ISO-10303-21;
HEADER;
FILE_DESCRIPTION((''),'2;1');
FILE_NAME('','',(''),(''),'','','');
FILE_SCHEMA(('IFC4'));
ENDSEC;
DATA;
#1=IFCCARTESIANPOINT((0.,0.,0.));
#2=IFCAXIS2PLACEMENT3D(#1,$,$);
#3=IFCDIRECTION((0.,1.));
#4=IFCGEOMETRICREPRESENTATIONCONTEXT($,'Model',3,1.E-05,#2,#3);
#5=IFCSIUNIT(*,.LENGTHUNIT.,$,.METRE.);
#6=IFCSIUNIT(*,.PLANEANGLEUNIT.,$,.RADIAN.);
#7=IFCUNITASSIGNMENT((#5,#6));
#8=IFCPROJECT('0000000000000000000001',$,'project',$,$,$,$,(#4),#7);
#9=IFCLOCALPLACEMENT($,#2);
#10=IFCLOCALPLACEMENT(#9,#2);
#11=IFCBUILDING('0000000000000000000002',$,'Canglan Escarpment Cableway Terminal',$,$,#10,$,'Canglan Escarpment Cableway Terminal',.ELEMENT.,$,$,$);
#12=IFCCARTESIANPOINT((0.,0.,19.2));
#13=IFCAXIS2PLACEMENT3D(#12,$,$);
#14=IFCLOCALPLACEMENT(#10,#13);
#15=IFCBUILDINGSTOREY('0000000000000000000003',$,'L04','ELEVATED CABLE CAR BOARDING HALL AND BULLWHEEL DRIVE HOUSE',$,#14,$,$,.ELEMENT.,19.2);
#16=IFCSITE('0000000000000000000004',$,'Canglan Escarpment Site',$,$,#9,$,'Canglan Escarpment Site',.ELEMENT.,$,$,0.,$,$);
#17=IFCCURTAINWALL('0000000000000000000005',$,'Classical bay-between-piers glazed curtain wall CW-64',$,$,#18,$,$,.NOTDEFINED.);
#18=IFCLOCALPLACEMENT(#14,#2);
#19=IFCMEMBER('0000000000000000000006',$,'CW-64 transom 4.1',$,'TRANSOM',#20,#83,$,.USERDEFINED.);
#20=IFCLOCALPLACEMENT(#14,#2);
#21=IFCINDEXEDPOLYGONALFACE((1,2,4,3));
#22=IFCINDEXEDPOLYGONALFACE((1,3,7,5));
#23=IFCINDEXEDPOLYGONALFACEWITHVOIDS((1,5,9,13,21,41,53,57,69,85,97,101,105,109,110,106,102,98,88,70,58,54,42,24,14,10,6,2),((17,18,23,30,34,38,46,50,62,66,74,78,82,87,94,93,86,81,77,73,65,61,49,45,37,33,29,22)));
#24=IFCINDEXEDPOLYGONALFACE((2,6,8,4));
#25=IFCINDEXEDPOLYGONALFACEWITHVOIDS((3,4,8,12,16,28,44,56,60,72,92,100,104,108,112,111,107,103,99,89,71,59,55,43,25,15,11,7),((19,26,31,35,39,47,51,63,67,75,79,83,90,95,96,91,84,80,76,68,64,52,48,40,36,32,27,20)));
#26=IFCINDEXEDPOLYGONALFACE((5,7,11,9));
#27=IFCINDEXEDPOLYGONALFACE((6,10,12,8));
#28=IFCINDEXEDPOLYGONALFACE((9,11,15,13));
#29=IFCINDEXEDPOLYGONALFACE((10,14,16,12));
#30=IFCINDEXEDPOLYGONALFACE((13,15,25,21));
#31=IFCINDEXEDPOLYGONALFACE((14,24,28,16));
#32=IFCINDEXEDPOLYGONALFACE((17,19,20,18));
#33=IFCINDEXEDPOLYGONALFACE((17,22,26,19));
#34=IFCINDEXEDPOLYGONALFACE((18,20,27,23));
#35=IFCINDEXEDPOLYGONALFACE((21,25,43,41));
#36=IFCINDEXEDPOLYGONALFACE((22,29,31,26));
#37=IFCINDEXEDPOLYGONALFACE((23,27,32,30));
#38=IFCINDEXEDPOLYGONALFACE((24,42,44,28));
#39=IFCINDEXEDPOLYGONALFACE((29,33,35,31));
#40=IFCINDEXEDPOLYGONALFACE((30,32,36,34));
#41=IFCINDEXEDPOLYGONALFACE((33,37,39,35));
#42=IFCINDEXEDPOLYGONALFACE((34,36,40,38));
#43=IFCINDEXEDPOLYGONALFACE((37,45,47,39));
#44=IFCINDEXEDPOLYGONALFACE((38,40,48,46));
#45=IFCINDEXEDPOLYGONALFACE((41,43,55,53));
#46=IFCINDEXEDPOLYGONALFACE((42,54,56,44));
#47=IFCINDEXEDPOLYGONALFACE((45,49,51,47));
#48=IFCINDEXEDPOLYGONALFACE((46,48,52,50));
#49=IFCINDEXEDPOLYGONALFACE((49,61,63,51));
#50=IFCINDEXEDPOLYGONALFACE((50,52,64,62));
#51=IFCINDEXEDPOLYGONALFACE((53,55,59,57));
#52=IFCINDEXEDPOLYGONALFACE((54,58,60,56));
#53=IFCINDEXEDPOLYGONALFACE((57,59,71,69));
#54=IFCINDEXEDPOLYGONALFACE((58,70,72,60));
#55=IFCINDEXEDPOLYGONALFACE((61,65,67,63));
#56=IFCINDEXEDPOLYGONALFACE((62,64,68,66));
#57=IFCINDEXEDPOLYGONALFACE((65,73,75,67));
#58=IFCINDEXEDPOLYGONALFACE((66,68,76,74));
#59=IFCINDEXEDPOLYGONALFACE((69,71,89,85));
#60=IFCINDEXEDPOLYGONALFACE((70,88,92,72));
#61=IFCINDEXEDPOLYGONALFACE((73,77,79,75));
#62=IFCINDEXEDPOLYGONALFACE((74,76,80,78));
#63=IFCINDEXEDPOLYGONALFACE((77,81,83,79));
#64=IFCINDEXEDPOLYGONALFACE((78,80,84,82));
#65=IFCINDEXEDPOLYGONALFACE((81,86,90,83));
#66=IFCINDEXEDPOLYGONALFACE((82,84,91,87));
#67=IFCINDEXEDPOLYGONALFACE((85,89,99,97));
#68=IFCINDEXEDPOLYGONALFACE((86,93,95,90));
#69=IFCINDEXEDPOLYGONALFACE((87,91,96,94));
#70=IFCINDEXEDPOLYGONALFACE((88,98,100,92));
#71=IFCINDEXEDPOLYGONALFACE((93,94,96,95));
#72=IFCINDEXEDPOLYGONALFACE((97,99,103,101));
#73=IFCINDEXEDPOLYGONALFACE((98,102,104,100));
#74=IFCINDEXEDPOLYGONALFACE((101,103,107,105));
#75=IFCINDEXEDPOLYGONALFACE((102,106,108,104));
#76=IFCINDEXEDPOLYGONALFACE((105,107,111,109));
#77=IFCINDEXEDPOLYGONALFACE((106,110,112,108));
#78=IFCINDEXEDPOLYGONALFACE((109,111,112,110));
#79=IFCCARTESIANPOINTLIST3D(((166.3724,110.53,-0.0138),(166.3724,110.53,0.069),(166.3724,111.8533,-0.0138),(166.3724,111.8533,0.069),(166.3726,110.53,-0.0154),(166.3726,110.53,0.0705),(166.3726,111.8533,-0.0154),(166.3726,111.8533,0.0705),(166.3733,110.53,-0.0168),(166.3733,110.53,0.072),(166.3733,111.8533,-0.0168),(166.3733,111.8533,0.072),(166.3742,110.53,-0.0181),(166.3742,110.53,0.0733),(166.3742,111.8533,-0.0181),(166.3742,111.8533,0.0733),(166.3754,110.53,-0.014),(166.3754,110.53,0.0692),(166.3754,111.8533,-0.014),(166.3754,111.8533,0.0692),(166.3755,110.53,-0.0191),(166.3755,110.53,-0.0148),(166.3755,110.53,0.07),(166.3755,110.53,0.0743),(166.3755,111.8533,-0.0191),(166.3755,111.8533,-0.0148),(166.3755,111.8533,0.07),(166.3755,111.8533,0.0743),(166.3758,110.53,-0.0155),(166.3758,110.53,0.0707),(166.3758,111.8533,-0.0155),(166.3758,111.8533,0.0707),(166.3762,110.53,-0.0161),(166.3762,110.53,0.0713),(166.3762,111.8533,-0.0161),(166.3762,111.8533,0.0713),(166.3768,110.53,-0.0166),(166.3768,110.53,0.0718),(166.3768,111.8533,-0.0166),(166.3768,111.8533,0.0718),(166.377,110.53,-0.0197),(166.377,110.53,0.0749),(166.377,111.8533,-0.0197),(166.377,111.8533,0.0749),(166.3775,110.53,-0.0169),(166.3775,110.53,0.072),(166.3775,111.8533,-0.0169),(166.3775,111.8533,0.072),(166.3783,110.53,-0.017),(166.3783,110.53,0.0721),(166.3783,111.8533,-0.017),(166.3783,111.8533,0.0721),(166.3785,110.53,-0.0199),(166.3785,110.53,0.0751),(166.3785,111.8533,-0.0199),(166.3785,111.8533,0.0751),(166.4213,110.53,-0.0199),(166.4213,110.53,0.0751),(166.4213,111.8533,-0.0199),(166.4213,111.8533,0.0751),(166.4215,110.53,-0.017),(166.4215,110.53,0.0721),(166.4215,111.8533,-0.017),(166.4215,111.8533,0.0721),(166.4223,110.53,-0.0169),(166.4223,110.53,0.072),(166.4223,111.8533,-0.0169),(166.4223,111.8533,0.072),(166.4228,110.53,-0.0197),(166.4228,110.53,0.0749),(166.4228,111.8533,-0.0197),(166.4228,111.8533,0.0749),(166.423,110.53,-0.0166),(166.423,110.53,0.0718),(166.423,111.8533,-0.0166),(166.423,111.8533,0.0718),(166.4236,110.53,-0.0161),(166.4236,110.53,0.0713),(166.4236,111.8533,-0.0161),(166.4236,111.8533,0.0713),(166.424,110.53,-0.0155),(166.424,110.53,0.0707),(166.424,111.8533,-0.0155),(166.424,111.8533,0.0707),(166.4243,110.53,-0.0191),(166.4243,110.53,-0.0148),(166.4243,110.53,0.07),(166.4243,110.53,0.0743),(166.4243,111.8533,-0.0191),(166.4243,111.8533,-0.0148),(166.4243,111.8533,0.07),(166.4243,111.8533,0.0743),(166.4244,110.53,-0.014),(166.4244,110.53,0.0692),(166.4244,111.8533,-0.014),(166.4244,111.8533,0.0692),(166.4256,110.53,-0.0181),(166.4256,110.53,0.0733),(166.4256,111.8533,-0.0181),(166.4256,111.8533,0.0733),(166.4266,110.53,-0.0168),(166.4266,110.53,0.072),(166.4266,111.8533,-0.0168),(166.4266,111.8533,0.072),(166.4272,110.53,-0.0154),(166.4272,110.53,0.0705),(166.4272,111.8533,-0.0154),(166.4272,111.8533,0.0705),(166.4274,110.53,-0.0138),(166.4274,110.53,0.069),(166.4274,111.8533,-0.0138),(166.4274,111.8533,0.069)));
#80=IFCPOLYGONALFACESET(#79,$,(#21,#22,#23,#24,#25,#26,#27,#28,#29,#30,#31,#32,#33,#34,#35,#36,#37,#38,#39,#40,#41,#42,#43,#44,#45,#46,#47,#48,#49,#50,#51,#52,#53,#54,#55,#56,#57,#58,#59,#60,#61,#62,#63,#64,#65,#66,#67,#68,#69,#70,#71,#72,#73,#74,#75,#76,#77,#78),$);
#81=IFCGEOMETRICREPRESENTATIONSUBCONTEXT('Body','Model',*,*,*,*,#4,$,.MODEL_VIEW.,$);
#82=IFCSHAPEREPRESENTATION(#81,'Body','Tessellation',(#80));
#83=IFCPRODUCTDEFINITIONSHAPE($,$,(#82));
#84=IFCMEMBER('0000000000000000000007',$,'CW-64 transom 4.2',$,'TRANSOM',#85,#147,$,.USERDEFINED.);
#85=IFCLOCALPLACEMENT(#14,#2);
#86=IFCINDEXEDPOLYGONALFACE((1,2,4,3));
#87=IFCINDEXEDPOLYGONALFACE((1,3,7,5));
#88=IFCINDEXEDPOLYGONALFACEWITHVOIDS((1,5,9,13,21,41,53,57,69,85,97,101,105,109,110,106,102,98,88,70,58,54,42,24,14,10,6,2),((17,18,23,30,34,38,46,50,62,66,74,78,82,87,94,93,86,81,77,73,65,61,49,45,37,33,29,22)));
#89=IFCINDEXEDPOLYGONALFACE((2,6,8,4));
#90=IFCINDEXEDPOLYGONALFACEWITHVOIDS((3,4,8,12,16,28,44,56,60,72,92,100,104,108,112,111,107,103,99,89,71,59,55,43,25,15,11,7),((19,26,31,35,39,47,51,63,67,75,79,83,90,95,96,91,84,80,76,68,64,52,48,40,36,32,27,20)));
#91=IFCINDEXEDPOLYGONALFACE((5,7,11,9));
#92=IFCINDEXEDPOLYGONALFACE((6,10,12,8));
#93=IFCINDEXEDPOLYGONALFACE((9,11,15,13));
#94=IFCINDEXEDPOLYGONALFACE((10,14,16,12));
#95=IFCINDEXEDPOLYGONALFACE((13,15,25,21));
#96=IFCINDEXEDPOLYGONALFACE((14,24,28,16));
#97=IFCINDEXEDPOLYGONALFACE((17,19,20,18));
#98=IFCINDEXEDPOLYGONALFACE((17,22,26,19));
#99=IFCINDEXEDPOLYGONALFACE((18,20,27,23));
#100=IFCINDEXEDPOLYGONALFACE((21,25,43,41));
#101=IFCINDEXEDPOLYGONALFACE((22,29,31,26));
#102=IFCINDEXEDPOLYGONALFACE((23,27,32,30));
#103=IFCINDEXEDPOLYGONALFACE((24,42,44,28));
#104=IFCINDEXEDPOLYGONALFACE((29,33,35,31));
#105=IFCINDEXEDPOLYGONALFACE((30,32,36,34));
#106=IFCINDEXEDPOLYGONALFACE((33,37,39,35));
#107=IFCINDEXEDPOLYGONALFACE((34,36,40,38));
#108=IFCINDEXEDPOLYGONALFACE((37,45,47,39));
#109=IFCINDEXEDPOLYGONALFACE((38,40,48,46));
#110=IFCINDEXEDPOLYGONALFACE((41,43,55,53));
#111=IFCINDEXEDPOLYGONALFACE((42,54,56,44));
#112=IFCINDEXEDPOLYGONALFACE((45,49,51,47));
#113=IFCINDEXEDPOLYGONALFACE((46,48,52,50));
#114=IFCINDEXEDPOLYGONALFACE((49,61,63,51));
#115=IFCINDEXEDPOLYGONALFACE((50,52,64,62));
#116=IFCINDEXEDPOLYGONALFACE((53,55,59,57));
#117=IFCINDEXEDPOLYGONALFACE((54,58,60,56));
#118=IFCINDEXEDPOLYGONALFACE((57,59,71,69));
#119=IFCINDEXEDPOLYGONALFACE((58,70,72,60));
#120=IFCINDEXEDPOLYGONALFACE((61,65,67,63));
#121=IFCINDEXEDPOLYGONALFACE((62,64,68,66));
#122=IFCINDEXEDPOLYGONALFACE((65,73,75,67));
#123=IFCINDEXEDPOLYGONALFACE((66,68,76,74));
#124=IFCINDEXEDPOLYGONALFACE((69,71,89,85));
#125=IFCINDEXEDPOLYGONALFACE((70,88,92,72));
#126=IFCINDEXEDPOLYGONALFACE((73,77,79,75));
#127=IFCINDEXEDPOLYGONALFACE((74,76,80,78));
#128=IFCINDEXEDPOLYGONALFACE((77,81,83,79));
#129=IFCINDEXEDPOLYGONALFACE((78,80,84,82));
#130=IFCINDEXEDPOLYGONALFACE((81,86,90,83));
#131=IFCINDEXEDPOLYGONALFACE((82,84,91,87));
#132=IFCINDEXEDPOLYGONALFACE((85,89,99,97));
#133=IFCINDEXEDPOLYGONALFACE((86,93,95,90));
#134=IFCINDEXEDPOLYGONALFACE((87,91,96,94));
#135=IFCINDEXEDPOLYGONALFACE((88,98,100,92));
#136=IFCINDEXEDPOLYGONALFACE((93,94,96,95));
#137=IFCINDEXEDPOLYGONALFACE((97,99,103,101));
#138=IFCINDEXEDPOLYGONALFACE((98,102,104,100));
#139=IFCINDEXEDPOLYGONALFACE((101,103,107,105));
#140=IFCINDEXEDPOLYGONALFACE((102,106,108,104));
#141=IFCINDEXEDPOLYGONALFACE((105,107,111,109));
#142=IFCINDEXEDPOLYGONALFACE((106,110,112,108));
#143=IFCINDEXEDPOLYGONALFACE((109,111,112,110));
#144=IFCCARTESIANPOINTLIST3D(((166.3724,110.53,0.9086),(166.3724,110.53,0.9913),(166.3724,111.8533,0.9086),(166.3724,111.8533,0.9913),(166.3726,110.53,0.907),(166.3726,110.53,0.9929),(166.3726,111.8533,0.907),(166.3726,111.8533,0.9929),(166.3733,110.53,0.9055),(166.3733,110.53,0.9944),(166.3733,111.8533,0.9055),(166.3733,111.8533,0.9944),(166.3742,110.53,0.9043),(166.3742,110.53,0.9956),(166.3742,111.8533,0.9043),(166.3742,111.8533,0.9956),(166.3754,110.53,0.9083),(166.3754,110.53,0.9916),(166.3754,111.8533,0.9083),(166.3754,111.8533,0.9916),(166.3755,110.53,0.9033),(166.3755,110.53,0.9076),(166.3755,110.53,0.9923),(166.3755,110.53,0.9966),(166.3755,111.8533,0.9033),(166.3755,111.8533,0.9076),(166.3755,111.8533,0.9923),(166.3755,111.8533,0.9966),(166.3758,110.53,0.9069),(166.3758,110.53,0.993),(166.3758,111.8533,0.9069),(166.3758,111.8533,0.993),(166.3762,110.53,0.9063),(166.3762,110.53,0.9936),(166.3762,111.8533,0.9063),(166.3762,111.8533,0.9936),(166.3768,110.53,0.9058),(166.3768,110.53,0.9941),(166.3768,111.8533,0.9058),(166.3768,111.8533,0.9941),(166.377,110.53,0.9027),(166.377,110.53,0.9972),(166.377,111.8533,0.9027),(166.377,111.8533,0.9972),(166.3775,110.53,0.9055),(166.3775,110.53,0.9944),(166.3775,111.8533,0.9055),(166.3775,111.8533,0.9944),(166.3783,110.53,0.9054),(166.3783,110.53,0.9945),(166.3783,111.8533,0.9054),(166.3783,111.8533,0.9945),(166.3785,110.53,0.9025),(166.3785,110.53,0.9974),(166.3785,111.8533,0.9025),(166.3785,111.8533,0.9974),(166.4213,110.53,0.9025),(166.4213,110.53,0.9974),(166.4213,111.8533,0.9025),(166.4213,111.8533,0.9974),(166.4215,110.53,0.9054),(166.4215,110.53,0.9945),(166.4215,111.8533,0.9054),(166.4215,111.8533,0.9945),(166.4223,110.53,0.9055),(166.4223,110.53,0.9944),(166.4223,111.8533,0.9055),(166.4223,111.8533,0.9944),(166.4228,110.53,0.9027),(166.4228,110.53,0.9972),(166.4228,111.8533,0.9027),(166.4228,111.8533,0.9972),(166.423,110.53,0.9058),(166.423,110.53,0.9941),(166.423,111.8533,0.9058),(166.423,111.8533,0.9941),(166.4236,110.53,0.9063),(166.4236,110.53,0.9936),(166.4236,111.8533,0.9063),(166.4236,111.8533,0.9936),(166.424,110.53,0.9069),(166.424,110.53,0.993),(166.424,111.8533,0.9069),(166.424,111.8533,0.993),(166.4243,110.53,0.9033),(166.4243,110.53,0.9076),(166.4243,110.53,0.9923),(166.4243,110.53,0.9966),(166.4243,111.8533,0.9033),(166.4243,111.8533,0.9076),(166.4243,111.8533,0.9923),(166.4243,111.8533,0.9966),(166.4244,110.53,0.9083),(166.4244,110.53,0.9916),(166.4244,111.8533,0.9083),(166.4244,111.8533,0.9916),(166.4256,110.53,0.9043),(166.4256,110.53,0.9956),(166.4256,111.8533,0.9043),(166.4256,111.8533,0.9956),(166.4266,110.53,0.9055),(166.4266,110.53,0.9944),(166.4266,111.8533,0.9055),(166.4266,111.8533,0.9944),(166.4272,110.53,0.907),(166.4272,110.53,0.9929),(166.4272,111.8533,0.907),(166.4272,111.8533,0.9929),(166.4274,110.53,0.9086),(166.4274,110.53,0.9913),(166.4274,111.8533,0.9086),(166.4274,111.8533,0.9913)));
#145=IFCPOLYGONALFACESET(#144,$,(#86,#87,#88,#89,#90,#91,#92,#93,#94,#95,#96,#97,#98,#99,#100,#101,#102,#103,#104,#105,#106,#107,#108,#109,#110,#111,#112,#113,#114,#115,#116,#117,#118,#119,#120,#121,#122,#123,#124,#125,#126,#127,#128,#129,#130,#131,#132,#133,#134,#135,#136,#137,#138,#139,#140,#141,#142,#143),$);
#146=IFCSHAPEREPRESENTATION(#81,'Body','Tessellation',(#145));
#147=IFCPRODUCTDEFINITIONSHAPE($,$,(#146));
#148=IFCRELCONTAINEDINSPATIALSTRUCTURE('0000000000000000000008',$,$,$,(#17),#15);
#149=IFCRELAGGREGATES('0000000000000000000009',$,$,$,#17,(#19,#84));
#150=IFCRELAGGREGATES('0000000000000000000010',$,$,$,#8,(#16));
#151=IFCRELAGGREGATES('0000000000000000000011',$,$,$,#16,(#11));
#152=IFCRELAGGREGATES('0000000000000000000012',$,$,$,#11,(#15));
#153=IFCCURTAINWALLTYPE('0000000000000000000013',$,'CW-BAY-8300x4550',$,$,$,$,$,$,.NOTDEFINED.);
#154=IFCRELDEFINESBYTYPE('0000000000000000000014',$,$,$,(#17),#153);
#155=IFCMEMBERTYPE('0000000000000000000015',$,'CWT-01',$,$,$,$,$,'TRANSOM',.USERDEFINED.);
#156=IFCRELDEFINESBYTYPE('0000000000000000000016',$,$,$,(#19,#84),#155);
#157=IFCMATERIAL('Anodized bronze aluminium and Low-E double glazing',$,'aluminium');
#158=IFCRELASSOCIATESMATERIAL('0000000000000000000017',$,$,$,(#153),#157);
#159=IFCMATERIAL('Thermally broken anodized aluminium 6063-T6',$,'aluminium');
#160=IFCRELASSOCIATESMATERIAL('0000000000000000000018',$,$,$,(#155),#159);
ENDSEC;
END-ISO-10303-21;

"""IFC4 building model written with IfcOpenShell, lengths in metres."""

from ifc_helpers import new_model, si_unit, direction, frame, origin, origin_2d, place, context, subcontext, project, spatial, hollow_rectangle, extrude, material, material_profile, profile_set, type_object, element, aggregate, save


model = new_model("IFC4")

# Units and contexts
model_context = context("Model", 3, precision=1e-05, world=origin(), true_north=direction((0.0, 1.0)))
body_context = subcontext(model_context, "Body", "Model", "MODEL_VIEW")
ifc_project = project(units=[si_unit("LENGTHUNIT", "METRE"), si_unit("PLANEANGLEUNIT", "RADIAN")], contexts=[model_context])

# Site, building, storey
site_placement = place(None, origin())
site = spatial("IfcSite", under=ifc_project, at=site_placement, Name="Canglan Escarpment Site", LongName="Canglan Escarpment Site", CompositionType="ELEMENT", RefElevation=0.0)
building_placement = place(site_placement, origin())
building = spatial("IfcBuilding", under=site, at=building_placement, Name="Canglan Escarpment Cableway Terminal", LongName="Canglan Escarpment Cableway Terminal", CompositionType="ELEMENT")
storey_placement = place(building_placement, frame((0.0, 0.0, 19.2)))
storey = spatial("IfcBuildingStorey", under=building, at=storey_placement, Name="L04", Description="ELEVATED CABLE CAR BOARDING HALL AND BULLWHEEL DRIVE HOUSE", CompositionType="ELEMENT", Elevation=19.2)

# Curtain wall
ifc_material_1 = material(Name="Anodized bronze aluminium and Low-E double glazing", Category="aluminium")
curtain_wall_type = type_object("IfcCurtainWallType", Name="CW-BAY-8300x4550", PredefinedType="NOTDEFINED", material=ifc_material_1)
curtain_wall_1_placement = place(storey_placement, origin())
curtain_wall_1 = element("IfcCurtainWall", 1, at=curtain_wall_1_placement, inside=storey, type_object=curtain_wall_type, Name="Classical bay-between-piers glazed curtain wall CW-64", PredefinedType="NOTDEFINED")
ifc_material_2 = material(Name="Thermally broken anodized aluminium 6063-T6", Category="aluminium")

# Members
ifc_material_profile_1 = material_profile(ifc_material_2, hollow_rectangle(XDim=0.0549, YDim=0.095, WallThickness=0.0029, InnerFilletRadius=0.0029, OuterFilletRadius=0.0061, at=origin_2d()), Name="ALU-TRAN 55x95x3")
ifc_profile_set_1 = profile_set([ifc_material_profile_1], Name="Thermally broken anodized aluminium 6063-T6")
member_type_1 = type_object("IfcMemberType", Name="CWT-01", ElementType="TRANSOM", PredefinedType="USERDEFINED", material=ifc_profile_set_1)
member_1_placement = place(storey_placement, frame((166.3999, 110.53, 0.0276), z_axis=(0.0, 1.0, 0.0), x_axis=(-1.0, 0.0, 0.0)))
member_1 = element("IfcMember", 2, at=member_1_placement, type_object=member_type_1, Name="CW-64 transom 4.1", ObjectType="TRANSOM", PredefinedType="USERDEFINED", context=body_context, shape_type="SweptSolid", body=[
    extrude(hollow_rectangle(XDim=0.0549, YDim=0.095, WallThickness=0.0029, InnerFilletRadius=0.0029, OuterFilletRadius=0.0061, at=origin_2d()), origin(), (0.0, 0.0, 1.0), 1.3232),
])
member_2_placement = place(storey_placement, frame((166.3999, 110.53, 0.95), z_axis=(0.0, 1.0, 0.0), x_axis=(-1.0, 0.0, 0.0)))
member_2 = element("IfcMember", 3, at=member_2_placement, type_object=member_type_1, Name="CW-64 transom 4.2", ObjectType="TRANSOM", PredefinedType="USERDEFINED", context=body_context, shape_type="SweptSolid", body=[
    extrude(hollow_rectangle(XDim=0.0549, YDim=0.095, WallThickness=0.0029, InnerFilletRadius=0.0029, OuterFilletRadius=0.0061, at=origin_2d()), origin(), (0.0, 0.0, 1.0), 1.3232),
])

aggregate(curtain_wall_1, [member_1, member_2])

save(model, "model.ifc")
